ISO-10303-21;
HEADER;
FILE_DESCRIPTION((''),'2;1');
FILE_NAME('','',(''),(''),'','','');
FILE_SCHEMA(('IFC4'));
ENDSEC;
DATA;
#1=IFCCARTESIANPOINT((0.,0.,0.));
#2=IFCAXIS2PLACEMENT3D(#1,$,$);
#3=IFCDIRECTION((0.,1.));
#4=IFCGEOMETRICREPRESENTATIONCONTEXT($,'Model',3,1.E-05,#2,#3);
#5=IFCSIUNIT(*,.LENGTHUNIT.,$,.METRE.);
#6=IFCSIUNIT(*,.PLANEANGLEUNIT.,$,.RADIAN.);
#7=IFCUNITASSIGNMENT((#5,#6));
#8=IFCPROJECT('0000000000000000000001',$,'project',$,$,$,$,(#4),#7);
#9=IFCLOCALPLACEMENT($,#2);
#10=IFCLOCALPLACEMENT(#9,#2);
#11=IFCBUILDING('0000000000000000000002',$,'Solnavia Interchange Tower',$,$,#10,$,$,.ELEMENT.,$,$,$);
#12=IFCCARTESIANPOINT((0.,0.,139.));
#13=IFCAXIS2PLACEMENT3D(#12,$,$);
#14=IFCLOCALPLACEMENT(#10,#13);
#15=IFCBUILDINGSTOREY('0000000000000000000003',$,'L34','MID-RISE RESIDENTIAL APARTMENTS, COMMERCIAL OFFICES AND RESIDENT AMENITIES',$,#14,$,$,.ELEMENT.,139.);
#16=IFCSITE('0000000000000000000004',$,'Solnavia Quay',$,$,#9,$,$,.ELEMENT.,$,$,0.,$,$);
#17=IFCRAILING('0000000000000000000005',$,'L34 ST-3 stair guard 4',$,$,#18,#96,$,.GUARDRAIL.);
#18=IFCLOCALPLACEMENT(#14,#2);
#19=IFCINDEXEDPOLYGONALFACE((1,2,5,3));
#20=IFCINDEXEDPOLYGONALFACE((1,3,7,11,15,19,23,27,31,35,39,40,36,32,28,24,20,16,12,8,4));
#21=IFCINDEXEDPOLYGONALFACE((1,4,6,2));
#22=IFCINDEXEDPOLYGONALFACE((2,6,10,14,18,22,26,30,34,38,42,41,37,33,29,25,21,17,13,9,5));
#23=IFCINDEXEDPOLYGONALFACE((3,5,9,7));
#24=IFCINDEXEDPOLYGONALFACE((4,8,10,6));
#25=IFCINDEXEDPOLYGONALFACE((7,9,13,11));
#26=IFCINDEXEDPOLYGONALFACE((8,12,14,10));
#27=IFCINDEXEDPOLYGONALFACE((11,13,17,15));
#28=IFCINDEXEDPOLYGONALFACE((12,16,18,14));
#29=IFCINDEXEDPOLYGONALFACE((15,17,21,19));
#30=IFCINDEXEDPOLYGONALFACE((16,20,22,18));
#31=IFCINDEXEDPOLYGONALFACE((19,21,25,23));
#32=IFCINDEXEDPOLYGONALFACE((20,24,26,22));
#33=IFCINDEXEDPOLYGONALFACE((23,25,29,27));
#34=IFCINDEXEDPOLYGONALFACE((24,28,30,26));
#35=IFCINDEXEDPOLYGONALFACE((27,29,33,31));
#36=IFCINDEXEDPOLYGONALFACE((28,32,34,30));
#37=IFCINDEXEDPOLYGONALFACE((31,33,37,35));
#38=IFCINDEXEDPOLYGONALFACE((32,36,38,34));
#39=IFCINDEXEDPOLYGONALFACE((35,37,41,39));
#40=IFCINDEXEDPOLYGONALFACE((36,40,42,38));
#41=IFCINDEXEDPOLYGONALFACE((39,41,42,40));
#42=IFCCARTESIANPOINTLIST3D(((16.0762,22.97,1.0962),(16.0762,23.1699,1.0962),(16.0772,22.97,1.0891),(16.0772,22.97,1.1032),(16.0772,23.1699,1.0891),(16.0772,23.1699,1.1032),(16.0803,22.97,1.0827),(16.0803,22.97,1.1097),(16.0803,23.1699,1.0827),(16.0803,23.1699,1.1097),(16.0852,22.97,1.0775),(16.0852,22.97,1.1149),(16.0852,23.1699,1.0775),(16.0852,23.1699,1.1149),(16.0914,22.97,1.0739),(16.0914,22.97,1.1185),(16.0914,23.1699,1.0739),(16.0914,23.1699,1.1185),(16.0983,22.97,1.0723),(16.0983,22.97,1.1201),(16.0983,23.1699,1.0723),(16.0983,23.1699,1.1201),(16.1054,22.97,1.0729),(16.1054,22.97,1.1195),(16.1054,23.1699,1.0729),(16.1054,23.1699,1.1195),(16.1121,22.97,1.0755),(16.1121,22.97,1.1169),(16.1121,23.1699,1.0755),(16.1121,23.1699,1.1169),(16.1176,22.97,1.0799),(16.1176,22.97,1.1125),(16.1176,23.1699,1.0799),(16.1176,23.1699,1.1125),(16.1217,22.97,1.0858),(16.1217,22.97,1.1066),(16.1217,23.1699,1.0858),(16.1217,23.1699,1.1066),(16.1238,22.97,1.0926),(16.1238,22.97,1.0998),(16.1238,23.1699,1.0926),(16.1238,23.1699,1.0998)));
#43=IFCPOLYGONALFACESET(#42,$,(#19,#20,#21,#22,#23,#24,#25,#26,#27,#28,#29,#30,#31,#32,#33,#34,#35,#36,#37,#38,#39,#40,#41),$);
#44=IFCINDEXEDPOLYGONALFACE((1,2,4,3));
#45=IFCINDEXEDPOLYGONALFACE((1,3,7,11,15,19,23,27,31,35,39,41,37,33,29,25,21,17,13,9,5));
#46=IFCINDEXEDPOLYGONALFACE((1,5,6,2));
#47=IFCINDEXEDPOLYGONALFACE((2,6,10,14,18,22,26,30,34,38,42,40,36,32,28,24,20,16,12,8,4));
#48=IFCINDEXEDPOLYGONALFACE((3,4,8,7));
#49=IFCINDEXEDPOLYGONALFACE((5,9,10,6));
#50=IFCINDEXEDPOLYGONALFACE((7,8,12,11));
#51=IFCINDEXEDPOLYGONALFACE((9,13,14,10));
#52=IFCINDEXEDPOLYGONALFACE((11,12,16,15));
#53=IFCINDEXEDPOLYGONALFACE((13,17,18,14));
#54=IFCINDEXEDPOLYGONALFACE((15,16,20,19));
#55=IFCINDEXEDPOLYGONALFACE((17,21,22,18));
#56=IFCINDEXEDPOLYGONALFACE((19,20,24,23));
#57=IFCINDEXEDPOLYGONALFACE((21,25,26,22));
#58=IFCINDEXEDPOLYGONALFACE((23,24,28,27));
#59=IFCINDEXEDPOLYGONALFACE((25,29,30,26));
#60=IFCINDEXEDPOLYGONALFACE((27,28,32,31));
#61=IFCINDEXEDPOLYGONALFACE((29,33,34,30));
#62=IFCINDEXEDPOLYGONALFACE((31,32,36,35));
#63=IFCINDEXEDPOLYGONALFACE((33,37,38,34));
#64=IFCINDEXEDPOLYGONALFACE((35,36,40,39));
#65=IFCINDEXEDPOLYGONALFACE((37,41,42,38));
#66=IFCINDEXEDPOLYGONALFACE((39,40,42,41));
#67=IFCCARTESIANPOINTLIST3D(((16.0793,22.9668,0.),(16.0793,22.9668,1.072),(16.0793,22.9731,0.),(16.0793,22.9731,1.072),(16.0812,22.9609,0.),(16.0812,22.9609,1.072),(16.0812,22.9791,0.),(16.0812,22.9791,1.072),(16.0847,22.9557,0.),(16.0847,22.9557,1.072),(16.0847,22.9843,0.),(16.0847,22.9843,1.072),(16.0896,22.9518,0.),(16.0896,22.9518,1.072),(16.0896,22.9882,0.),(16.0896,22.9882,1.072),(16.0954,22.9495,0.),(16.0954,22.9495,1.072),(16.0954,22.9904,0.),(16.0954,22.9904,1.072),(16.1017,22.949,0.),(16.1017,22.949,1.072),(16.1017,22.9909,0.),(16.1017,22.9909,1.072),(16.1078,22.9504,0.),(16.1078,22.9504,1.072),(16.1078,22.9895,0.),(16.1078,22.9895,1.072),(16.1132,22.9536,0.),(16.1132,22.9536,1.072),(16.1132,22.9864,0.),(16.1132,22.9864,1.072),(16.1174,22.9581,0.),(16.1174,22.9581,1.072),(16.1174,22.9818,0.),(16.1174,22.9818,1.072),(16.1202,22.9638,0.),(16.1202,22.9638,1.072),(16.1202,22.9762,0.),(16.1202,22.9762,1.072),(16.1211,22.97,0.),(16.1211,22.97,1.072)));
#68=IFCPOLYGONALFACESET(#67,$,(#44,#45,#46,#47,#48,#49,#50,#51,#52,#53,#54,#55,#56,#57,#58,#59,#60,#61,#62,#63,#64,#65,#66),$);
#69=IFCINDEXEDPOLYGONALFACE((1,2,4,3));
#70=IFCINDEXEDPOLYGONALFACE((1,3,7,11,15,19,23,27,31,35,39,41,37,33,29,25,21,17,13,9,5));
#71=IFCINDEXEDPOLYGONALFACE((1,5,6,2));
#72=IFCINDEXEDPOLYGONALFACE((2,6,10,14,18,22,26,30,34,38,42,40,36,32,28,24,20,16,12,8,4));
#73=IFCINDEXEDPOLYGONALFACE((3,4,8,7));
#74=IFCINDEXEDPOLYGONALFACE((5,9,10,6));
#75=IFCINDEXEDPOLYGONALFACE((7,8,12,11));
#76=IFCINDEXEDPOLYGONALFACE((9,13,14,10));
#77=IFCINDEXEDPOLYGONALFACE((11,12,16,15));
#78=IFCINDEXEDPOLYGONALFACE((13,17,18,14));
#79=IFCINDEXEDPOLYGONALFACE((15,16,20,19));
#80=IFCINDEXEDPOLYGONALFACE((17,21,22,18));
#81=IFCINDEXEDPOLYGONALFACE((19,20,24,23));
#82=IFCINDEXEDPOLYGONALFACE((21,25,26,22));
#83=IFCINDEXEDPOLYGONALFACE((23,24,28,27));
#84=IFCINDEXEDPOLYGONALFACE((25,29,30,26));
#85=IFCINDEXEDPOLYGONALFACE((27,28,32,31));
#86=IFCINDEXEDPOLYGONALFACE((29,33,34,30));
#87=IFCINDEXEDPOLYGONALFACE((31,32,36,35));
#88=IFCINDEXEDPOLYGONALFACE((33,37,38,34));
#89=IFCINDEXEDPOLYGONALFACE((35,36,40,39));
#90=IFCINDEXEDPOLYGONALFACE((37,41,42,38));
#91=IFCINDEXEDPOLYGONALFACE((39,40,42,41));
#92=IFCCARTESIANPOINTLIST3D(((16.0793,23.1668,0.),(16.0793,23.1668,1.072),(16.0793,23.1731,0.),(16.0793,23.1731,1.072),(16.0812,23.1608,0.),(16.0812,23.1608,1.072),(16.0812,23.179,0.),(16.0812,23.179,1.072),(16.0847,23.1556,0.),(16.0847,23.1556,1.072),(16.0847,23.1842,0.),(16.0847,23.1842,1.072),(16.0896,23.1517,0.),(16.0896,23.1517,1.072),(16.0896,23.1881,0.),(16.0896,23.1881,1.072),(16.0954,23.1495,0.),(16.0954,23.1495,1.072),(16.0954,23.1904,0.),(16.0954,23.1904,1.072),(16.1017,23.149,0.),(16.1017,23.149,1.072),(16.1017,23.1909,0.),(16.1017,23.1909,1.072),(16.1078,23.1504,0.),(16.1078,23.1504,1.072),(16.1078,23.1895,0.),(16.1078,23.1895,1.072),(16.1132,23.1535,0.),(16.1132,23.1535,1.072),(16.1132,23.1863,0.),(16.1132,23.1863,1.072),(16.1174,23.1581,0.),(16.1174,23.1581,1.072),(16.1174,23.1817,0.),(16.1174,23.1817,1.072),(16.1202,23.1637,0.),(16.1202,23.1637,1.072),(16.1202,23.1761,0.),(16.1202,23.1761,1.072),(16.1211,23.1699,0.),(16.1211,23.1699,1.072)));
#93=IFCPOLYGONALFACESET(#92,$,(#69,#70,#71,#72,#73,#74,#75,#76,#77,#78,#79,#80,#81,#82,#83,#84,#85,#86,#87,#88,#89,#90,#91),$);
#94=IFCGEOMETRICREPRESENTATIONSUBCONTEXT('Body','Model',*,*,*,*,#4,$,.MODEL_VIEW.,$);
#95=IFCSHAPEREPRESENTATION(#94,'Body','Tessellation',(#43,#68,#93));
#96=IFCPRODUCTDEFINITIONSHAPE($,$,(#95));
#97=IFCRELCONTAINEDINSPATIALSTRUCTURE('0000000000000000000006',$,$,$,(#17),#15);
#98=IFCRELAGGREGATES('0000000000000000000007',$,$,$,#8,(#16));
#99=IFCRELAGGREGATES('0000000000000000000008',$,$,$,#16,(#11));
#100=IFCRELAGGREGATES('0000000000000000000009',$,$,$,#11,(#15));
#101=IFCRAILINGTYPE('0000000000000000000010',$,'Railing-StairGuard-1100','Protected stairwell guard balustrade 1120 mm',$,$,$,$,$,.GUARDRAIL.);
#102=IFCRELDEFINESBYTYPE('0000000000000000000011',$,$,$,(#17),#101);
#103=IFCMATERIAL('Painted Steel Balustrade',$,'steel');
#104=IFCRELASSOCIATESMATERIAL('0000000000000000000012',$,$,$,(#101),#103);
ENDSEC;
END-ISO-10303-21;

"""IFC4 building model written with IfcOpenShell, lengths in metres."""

from ifc_helpers import new_model, si_unit, direction, frame, origin, origin_2d, place, context, subcontext, project, spatial, circle, extrude, material, type_object, element, save


model = new_model("IFC4")

# Units and contexts
model_context = context("Model", 3, precision=1e-05, world=origin(), true_north=direction((0.0, 1.0)))
body_context = subcontext(model_context, "Body", "Model", "MODEL_VIEW")
ifc_project = project(units=[si_unit("LENGTHUNIT", "METRE"), si_unit("PLANEANGLEUNIT", "RADIAN")], contexts=[model_context])

# Site, building, storey
site_placement = place(None, origin())
site = spatial("IfcSite", under=ifc_project, at=site_placement, Name="Solnavia Quay", CompositionType="ELEMENT", RefElevation=0.0)
building_placement = place(site_placement, origin())
building = spatial("IfcBuilding", under=site, at=building_placement, Name="Solnavia Interchange Tower", CompositionType="ELEMENT")
storey_placement = place(building_placement, frame((0.0, 0.0, 139.0)))
storey = spatial("IfcBuildingStorey", under=building, at=storey_placement, Name="L34", Description="MID-RISE RESIDENTIAL APARTMENTS, COMMERCIAL OFFICES AND RESIDENT AMENITIES", CompositionType="ELEMENT", Elevation=139.0)

# Railing
ifc_material_1 = material(Name="Painted Steel Balustrade", Category="steel")
railing_type_1 = type_object("IfcRailingType", Name="Railing-StairGuard-1100", Description="Protected stairwell guard balustrade 1120 mm", PredefinedType="GUARDRAIL", material=ifc_material_1)
railing_1_placement = place(storey_placement, frame((16.1001, 22.97, 0.0)))
element("IfcRailing", 1, at=railing_1_placement, inside=storey, type_object=railing_type_1, Name="L34 ST-3 stair guard 4", PredefinedType="GUARDRAIL", context=body_context, shape_type="SweptSolid", body=[
    extrude(circle(Radius=0.0239, at=origin_2d()), frame((0.0, 0.0, 1.0962), z_axis=(0.0, 1.0, 0.0), x_axis=(-1.0, 0.0, 0.0)), (0.0, 0.0, 1.0), 0.2),
    extrude(circle(Radius=0.021, at=origin_2d()), origin(), (0.0, 0.0, 1.0), 1.072),
    extrude(circle(Radius=0.021, at=origin_2d()), frame((0.0, 0.2, 0.0)), (0.0, 0.0, 1.0), 1.072),
])

save(model, "model.ifc")
